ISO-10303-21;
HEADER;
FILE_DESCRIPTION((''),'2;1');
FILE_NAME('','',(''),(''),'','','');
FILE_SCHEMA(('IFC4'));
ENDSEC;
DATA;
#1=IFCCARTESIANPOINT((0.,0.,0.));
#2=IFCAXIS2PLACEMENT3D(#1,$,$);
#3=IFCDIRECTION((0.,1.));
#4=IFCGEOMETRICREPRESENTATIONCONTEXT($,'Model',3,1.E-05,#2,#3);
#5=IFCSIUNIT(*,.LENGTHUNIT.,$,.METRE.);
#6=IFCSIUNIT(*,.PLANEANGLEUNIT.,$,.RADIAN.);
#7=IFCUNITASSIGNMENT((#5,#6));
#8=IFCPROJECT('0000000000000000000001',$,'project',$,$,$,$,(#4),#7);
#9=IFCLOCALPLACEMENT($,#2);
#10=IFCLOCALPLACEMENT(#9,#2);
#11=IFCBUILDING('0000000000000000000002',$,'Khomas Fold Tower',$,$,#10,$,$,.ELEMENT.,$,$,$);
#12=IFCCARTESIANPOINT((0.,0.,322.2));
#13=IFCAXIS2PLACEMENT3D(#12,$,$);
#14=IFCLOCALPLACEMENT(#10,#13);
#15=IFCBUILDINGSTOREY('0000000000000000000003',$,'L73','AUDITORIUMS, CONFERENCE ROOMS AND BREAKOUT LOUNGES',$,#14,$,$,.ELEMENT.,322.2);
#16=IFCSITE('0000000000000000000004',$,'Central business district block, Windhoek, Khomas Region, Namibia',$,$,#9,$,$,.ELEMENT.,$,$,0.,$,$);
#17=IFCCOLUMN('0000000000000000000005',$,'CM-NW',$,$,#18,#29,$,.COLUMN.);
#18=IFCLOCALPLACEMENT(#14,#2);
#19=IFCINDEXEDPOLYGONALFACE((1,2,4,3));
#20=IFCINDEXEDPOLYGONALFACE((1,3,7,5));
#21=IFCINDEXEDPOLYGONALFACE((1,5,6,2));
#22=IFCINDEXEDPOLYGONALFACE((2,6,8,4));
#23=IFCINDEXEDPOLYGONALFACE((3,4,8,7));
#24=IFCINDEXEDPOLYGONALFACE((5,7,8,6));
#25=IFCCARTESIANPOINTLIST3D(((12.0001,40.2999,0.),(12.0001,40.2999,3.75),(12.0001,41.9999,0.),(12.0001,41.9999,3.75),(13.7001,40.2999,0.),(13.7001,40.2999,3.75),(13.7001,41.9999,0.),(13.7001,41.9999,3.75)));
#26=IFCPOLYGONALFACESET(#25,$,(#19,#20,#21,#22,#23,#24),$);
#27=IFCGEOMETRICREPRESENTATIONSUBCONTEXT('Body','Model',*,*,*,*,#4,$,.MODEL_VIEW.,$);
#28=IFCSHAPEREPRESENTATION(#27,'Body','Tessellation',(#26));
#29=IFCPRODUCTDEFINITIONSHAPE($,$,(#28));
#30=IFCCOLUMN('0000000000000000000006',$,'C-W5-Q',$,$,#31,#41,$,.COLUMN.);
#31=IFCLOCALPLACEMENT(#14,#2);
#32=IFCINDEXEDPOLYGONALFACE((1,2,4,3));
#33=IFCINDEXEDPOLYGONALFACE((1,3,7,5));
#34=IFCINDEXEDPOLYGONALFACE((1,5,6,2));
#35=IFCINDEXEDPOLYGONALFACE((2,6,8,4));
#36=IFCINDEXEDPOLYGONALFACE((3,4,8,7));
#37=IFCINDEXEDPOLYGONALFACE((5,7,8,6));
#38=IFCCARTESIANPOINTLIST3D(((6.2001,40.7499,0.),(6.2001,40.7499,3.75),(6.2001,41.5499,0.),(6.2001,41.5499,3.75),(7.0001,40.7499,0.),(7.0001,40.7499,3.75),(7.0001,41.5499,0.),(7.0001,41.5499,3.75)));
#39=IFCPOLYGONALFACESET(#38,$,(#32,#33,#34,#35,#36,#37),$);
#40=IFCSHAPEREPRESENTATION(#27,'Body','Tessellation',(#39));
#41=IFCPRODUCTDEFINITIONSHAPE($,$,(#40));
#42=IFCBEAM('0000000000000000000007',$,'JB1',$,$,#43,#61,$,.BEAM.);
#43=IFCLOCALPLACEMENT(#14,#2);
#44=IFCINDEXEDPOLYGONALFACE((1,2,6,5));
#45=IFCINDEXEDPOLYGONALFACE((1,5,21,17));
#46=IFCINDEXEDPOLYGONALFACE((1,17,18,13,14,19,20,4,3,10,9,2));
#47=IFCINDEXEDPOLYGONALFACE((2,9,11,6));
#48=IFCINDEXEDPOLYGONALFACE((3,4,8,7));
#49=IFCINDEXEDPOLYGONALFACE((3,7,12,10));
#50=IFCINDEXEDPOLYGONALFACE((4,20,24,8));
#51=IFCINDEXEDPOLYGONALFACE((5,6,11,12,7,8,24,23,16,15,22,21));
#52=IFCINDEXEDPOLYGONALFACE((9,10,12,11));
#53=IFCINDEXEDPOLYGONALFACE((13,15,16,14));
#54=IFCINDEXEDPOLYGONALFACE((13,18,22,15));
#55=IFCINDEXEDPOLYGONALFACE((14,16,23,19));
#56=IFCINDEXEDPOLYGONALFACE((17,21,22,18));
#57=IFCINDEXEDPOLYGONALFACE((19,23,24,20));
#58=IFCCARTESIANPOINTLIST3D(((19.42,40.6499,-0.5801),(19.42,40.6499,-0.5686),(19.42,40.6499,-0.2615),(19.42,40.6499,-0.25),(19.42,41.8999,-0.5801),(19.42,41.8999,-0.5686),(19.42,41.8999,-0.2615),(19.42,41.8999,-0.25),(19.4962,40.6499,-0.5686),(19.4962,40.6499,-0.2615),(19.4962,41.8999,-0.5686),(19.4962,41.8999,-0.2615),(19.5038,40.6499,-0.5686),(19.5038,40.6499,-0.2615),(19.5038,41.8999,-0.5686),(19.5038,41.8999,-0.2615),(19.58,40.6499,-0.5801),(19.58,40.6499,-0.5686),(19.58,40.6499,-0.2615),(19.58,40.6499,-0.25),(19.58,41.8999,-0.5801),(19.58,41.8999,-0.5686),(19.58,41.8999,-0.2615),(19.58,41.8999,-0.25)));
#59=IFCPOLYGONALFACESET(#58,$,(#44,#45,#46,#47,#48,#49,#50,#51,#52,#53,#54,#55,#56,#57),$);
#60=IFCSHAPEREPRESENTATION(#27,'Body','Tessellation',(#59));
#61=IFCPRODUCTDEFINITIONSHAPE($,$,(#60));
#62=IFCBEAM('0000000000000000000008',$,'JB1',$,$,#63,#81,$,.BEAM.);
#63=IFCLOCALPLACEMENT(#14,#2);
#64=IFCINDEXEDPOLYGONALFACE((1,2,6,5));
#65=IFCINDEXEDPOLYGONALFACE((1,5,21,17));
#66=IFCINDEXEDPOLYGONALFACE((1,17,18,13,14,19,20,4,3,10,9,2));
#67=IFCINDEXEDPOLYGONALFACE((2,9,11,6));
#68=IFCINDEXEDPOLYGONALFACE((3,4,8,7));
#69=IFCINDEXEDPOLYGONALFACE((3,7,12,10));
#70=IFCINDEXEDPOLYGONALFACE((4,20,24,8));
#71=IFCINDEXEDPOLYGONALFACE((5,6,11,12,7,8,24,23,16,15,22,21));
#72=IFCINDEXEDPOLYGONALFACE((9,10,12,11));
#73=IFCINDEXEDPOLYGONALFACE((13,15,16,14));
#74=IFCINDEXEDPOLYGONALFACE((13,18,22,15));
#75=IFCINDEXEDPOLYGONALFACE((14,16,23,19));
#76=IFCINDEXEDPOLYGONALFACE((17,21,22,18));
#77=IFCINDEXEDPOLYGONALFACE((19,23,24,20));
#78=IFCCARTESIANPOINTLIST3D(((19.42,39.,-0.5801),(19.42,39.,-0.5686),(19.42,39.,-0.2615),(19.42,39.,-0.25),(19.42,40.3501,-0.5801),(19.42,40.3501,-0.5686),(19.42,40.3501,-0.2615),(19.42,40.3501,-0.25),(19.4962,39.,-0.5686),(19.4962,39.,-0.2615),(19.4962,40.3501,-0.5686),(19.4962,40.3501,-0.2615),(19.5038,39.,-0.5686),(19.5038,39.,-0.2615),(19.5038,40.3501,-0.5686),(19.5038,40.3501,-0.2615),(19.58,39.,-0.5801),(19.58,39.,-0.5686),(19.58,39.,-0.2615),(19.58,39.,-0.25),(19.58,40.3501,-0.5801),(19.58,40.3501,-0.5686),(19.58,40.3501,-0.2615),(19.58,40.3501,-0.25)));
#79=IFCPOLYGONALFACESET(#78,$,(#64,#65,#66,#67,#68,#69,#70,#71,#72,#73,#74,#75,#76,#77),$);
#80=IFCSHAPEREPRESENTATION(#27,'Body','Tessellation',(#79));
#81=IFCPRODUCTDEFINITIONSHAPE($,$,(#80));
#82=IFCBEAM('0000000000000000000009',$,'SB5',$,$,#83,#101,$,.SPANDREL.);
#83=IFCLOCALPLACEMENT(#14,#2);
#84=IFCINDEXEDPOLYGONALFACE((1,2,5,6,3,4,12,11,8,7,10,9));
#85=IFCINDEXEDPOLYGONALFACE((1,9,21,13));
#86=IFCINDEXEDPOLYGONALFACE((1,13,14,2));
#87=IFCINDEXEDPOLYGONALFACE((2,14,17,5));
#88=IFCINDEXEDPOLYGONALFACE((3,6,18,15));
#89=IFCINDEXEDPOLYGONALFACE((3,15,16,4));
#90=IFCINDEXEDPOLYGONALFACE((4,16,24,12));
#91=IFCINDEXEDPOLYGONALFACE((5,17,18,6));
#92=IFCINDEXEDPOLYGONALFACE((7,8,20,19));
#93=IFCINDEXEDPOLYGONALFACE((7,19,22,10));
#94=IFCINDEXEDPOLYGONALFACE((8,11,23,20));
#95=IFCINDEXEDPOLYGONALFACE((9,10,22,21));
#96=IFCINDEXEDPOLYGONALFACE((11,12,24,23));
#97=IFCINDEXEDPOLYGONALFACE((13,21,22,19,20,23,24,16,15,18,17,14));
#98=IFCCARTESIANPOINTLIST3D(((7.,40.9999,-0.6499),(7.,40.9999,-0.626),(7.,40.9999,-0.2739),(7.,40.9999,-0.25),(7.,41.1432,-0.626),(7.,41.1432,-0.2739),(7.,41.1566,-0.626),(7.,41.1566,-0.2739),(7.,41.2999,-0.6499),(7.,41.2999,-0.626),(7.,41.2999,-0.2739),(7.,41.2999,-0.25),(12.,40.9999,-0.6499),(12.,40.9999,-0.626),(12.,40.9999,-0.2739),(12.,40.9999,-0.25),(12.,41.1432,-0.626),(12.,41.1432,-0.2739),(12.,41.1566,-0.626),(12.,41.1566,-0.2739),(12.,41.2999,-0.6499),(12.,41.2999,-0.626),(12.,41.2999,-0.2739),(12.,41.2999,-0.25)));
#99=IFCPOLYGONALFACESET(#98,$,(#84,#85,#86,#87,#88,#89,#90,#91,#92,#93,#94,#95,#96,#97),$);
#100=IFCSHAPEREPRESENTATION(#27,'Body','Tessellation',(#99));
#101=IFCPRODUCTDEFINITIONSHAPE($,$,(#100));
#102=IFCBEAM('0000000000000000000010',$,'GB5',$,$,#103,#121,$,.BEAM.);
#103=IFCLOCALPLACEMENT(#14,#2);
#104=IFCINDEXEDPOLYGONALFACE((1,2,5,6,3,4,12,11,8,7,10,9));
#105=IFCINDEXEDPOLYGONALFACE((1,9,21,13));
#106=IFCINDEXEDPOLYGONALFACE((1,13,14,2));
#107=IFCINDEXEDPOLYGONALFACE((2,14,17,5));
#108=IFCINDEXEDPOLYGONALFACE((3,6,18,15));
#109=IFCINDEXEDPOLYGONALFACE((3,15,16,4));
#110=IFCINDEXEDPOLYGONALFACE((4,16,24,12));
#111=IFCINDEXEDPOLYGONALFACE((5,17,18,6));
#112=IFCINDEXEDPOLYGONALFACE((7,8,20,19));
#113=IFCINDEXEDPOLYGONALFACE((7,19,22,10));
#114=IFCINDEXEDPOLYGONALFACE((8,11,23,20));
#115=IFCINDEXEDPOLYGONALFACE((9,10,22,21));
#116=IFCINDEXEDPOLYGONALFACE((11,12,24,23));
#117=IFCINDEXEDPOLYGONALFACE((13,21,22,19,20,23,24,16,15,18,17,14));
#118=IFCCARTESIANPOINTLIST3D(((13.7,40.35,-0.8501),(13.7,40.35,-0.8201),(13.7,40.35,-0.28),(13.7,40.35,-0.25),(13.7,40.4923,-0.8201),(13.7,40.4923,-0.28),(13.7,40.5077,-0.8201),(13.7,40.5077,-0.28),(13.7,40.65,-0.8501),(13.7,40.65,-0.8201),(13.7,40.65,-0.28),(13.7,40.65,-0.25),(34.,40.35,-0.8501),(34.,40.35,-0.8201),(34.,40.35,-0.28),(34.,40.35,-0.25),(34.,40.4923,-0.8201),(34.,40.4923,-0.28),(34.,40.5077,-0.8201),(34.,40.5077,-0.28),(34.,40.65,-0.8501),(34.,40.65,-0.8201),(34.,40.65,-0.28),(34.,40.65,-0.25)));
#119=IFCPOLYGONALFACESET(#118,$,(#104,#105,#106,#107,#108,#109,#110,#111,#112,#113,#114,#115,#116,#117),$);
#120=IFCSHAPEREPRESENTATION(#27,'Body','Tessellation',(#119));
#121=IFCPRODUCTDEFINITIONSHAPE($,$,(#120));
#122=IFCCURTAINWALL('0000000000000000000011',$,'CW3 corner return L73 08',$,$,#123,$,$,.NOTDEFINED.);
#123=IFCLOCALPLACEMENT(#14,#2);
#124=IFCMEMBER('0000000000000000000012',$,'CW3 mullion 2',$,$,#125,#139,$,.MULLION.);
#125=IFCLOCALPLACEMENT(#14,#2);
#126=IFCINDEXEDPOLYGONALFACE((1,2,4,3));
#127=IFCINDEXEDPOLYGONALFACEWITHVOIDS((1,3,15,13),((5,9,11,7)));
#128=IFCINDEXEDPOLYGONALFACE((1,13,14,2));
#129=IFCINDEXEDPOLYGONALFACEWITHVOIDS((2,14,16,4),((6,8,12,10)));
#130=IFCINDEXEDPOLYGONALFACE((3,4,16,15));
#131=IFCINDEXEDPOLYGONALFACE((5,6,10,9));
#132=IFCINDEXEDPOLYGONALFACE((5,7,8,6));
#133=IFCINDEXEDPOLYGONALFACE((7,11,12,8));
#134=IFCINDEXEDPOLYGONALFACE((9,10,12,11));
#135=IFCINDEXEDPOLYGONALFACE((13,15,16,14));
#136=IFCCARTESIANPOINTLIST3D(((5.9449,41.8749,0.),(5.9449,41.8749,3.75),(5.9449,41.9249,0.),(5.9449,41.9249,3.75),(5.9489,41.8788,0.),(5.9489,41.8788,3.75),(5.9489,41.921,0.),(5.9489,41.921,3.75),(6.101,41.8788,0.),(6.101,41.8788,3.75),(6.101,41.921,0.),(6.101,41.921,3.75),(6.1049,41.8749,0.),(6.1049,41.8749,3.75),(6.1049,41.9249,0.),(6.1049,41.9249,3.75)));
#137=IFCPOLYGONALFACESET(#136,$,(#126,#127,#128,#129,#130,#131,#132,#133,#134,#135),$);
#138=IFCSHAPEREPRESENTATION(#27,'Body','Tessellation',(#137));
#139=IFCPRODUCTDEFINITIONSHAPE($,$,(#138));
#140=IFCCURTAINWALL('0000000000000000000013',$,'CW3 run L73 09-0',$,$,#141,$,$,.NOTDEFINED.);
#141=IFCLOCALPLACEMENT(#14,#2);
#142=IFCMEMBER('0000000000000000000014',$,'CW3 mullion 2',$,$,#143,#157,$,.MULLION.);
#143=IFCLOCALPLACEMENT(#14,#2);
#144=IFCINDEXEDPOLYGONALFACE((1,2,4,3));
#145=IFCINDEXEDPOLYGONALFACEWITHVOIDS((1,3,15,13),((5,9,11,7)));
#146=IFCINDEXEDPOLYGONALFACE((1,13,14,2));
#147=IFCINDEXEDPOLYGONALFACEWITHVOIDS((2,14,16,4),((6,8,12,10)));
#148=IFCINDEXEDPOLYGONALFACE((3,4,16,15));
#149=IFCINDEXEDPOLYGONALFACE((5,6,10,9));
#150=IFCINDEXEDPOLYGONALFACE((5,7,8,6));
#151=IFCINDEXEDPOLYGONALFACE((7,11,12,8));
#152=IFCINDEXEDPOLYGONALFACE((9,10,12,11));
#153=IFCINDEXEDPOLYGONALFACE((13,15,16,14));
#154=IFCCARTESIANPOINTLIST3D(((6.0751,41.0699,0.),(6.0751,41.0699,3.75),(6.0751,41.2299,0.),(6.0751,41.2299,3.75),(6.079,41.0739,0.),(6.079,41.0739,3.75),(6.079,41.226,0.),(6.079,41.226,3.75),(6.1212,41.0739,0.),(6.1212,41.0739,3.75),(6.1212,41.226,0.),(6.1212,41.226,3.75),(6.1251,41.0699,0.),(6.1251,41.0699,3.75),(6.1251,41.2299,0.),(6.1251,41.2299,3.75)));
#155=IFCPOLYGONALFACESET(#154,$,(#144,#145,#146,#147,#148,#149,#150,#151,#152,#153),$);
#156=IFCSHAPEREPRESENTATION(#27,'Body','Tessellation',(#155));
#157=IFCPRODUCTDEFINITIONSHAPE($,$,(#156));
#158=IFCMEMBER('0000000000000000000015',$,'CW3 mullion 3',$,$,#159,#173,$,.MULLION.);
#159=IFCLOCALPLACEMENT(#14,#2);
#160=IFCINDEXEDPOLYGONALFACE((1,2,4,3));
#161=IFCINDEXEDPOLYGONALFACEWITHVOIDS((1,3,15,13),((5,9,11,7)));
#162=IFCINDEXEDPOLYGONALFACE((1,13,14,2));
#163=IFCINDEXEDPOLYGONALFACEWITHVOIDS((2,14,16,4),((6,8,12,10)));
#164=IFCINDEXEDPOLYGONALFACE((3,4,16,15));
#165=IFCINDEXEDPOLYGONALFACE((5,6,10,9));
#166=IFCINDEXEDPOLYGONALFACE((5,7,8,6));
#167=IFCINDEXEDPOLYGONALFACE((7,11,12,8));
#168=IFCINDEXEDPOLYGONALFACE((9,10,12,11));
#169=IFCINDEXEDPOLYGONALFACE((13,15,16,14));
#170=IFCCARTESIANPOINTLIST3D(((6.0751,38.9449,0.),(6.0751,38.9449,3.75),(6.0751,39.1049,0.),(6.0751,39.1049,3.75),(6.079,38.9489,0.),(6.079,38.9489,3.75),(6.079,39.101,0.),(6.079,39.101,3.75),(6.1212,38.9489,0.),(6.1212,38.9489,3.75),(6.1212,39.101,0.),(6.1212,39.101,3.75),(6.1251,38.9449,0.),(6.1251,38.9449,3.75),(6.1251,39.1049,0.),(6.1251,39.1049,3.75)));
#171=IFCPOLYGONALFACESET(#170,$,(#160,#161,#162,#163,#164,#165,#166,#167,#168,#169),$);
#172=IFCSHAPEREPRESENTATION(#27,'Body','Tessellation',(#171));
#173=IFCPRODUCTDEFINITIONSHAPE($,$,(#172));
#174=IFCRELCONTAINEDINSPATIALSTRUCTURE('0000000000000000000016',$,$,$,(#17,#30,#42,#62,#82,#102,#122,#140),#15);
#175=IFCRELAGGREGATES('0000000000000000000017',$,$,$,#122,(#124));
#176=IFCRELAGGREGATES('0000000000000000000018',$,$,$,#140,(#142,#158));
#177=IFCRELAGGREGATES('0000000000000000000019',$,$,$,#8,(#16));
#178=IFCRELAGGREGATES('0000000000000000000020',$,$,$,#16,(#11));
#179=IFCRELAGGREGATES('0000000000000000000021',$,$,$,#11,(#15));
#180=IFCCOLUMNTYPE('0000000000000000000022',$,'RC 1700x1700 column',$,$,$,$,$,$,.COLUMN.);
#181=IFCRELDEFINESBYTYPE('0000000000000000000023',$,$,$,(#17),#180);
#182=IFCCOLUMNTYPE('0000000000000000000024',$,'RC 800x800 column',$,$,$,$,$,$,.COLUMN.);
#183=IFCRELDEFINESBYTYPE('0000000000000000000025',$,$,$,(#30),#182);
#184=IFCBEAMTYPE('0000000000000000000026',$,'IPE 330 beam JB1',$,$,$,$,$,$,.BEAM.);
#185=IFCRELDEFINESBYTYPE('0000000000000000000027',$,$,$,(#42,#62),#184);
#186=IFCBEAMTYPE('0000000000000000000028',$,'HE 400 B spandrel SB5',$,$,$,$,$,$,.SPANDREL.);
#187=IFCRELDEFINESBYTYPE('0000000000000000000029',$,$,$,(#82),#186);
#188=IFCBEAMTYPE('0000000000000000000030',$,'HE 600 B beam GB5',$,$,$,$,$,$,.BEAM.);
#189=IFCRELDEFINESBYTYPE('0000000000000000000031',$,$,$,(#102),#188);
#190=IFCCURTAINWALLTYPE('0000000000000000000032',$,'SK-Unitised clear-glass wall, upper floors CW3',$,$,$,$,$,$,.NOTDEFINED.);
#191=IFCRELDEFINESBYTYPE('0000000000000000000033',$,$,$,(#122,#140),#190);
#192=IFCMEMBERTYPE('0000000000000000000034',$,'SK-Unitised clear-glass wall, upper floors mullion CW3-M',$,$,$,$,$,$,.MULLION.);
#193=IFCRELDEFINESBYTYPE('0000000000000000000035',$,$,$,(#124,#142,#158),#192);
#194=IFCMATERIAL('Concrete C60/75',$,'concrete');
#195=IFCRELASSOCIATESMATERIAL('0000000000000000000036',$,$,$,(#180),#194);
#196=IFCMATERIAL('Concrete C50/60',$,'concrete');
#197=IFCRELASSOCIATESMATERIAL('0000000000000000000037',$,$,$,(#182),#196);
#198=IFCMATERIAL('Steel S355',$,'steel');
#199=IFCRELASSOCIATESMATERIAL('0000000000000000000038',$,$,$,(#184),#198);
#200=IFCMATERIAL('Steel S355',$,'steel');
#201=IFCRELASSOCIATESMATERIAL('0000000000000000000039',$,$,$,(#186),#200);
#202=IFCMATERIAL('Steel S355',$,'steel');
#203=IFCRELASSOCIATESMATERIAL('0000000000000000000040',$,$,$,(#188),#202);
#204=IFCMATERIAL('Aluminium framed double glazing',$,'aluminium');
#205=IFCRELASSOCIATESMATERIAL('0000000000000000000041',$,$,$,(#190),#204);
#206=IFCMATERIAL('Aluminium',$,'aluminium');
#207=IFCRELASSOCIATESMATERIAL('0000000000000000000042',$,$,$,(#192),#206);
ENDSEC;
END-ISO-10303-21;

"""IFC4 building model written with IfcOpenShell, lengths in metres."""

from ifc_helpers import new_model, si_unit, direction, frame, origin, origin_2d, place, context, subcontext, project, spatial, rectangle, hollow_rectangle, i_section, extrude, source, transform, mapped, material, material_profile, profile_set, type_object, element, aggregate, save


model = new_model("IFC4")

# Units and contexts
model_context = context("Model", 3, precision=1e-05, world=origin(), true_north=direction((0.0, 1.0)))
body_context = subcontext(model_context, "Body", "Model", "MODEL_VIEW")
ifc_project = project(units=[si_unit("LENGTHUNIT", "METRE"), si_unit("PLANEANGLEUNIT", "RADIAN")], contexts=[model_context])

# Site, building, storey
site_placement = place(None, origin())
site = spatial("IfcSite", under=ifc_project, at=site_placement, Name="Central business district block, Windhoek, Khomas Region, Namibia", CompositionType="ELEMENT", RefElevation=0.0)
building_placement = place(site_placement, origin())
building = spatial("IfcBuilding", under=site, at=building_placement, Name="Khomas Fold Tower", CompositionType="ELEMENT")
storey_placement = place(building_placement, frame((0.0, 0.0, 322.2)))
storey = spatial("IfcBuildingStorey", under=building, at=storey_placement, Name="L73", Description="AUDITORIUMS, CONFERENCE ROOMS AND BREAKOUT LOUNGES", CompositionType="ELEMENT", Elevation=322.2)

# Columns
ifc_material_1 = material(Name="Concrete C60/75", Category="concrete")
ifc_material_profile_1 = material_profile(ifc_material_1, rectangle(XDim=1.7, YDim=1.7, at=origin_2d()), Name="RC 1700x1700")
ifc_profile_set_1 = profile_set([ifc_material_profile_1], Name="Concrete C60/75")
column_type_1 = type_object("IfcColumnType", Name="RC 1700x1700 column", PredefinedType="COLUMN", material=ifc_profile_set_1)
shared_shape_1 = source(origin(), body_context, "Body", "SweptSolid", [
    extrude(rectangle(XDim=1.7, YDim=1.7, at=origin_2d()), origin(), (0.0, 0.0, 1.0), 3.75),
])
column_1_placement = place(storey_placement, frame((12.8501, 41.1499, 0.0), z_axis=(0.0, 0.0, 1.0), x_axis=(1.0, 0.0, 0.0)))
element("IfcColumn", 1, at=column_1_placement, inside=storey, type_object=column_type_1, Name="CM-NW", PredefinedType="COLUMN", context=body_context, shape_type="MappedRepresentation", body=[
    mapped(shared_shape_1, transform((0.0, 0.0, 0.0))),
])
ifc_material_2 = material(Name="Concrete C50/60", Category="concrete")
ifc_material_profile_2 = material_profile(ifc_material_2, rectangle(XDim=0.8, YDim=0.8, at=origin_2d()), Name="RC 800x800")
ifc_profile_set_2 = profile_set([ifc_material_profile_2], Name="Concrete C50/60")
column_type_2 = type_object("IfcColumnType", Name="RC 800x800 column", PredefinedType="COLUMN", material=ifc_profile_set_2)
shared_shape_2 = source(origin(), body_context, "Body", "SweptSolid", [
    extrude(rectangle(XDim=0.8, YDim=0.8, at=origin_2d()), origin(), (0.0, 0.0, 1.0), 3.75),
])
column_2_placement = place(storey_placement, frame((6.6001, 41.1499, 0.0), z_axis=(0.0, 0.0, 1.0), x_axis=(1.0, 0.0, 0.0)))
element("IfcColumn", 2, at=column_2_placement, inside=storey, type_object=column_type_2, Name="C-W5-Q", PredefinedType="COLUMN", context=body_context, shape_type="MappedRepresentation", body=[
    mapped(shared_shape_2, transform((0.0, 0.0, 0.0))),
])

# Beams
ifc_material_3 = material(Name="Steel S355", Category="steel")
ifc_material_profile_3 = material_profile(ifc_material_3, i_section(OverallWidth=0.1599, OverallDepth=0.3301, WebThickness=0.0076, FlangeThickness=0.0115, at=origin_2d()), Name="IPE 330")
ifc_profile_set_3 = profile_set([ifc_material_profile_3], Name="Steel S355")
beam_type_1 = type_object("IfcBeamType", Name="IPE 330 beam JB1", PredefinedType="BEAM", material=ifc_profile_set_3)
shared_shape_3 = source(origin(), body_context, "Body", "SweptSolid", [
    extrude(i_section(OverallWidth=0.1599, OverallDepth=0.3301, WebThickness=0.0076, FlangeThickness=0.0115, at=origin_2d()), origin(), (0.0, 0.0, 1.0), 1.25),
])
beam_1_placement = place(storey_placement, frame((19.5, 40.6499, -0.415), z_axis=(0.0, 1.0, 0.0), x_axis=(-1.0, 0.0, 0.0)))
element("IfcBeam", 3, at=beam_1_placement, inside=storey, type_object=beam_type_1, Name="JB1", PredefinedType="BEAM", context=body_context, shape_type="MappedRepresentation", body=[
    mapped(shared_shape_3, transform((0.0, 0.0, 0.0))),
])
shared_shape_4 = source(origin(), body_context, "Body", "SweptSolid", [
    extrude(i_section(OverallWidth=0.1599, OverallDepth=0.3301, WebThickness=0.0076, FlangeThickness=0.0115, at=origin_2d()), origin(), (0.0, 0.0, 1.0), 1.3501),
])
beam_2_placement = place(storey_placement, frame((19.5, 39.0, -0.415), z_axis=(0.0, 1.0, 0.0), x_axis=(-1.0, 0.0, 0.0)))
element("IfcBeam", 4, at=beam_2_placement, inside=storey, type_object=beam_type_1, Name="JB1", PredefinedType="BEAM", context=body_context, shape_type="MappedRepresentation", body=[
    mapped(shared_shape_4, transform((0.0, 0.0, 0.0))),
])
ifc_material_4 = material(Name="Steel S355", Category="steel")
ifc_material_profile_4 = material_profile(ifc_material_4, i_section(OverallWidth=0.3, OverallDepth=0.3999, WebThickness=0.0134, FlangeThickness=0.0239, at=origin_2d()), Name="HE 400 B")
ifc_profile_set_4 = profile_set([ifc_material_profile_4], Name="Steel S355")
beam_type_2 = type_object("IfcBeamType", Name="HE 400 B spandrel SB5", PredefinedType="SPANDREL", material=ifc_profile_set_4)
shared_shape_5 = source(origin(), body_context, "Body", "SweptSolid", [
    extrude(i_section(OverallWidth=0.3, OverallDepth=0.3999, WebThickness=0.0134, FlangeThickness=0.0239, at=origin_2d()), origin(), (0.0, 0.0, 1.0), 5.0),
])
beam_3_placement = place(storey_placement, frame((7.0, 41.1499, -0.45), z_axis=(1.0, 0.0, 0.0), x_axis=(0.0, 1.0, 0.0)))
element("IfcBeam", 5, at=beam_3_placement, inside=storey, type_object=beam_type_2, Name="SB5", PredefinedType="SPANDREL", context=body_context, shape_type="MappedRepresentation", body=[
    mapped(shared_shape_5, transform((0.0, 0.0, 0.0))),
])
ifc_material_5 = material(Name="Steel S355", Category="steel")
ifc_material_profile_5 = material_profile(ifc_material_5, i_section(OverallWidth=0.3, OverallDepth=0.6001, WebThickness=0.0154, FlangeThickness=0.03, at=origin_2d()), Name="HE 600 B")
ifc_profile_set_5 = profile_set([ifc_material_profile_5], Name="Steel S355")
beam_type_3 = type_object("IfcBeamType", Name="HE 600 B beam GB5", PredefinedType="BEAM", material=ifc_profile_set_5)
shared_shape_6 = source(origin(), body_context, "Body", "SweptSolid", [
    extrude(i_section(OverallWidth=0.3, OverallDepth=0.6001, WebThickness=0.0154, FlangeThickness=0.03, at=origin_2d()), origin(), (0.0, 0.0, 1.0), 20.3),
])
beam_4_placement = place(storey_placement, frame((13.7, 40.5, -0.55), z_axis=(1.0, 0.0, 0.0), x_axis=(0.0, 1.0, 0.0)))
element("IfcBeam", 6, at=beam_4_placement, inside=storey, type_object=beam_type_3, Name="GB5", PredefinedType="BEAM", context=body_context, shape_type="MappedRepresentation", body=[
    mapped(shared_shape_6, transform((0.0, 0.0, 0.0))),
])

# Curtain wall, member
ifc_material_6 = material(Name="Aluminium framed double glazing", Category="aluminium")
curtain_wall_type = type_object("IfcCurtainWallType", Name="SK-Unitised clear-glass wall, upper floors CW3", PredefinedType="NOTDEFINED", material=ifc_material_6)
curtain_wall_1_placement = place(storey_placement, origin())
curtain_wall_1 = element("IfcCurtainWall", 7, at=curtain_wall_1_placement, inside=storey, type_object=curtain_wall_type, Name="CW3 corner return L73 08", PredefinedType="NOTDEFINED")
ifc_material_7 = material(Name="Aluminium", Category="aluminium")
ifc_material_profile_6 = material_profile(ifc_material_7, hollow_rectangle(XDim=0.05, YDim=0.1599, WallThickness=0.0039, at=origin_2d()), Name="SK-Unitised clear-glass wall, upper floors mullion CW3-M")
ifc_profile_set_6 = profile_set([ifc_material_profile_6], Name="Aluminium")
member_type_1 = type_object("IfcMemberType", Name="SK-Unitised clear-glass wall, upper floors mullion CW3-M", PredefinedType="MULLION", material=ifc_profile_set_6)
shared_shape_7 = source(origin(), body_context, "Body", "SweptSolid", [
    extrude(hollow_rectangle(XDim=0.05, YDim=0.1599, WallThickness=0.0039, at=origin_2d()), origin(), (0.0, 0.0, 1.0), 3.75),
])
member_1_placement = place(storey_placement, frame((6.0249, 41.8999, 0.0), z_axis=(0.0, 0.0, 1.0), x_axis=(0.0, -1.0, 0.0)))
member_1 = element("IfcMember", 8, at=member_1_placement, type_object=member_type_1, Name="CW3 mullion 2", PredefinedType="MULLION", context=body_context, shape_type="MappedRepresentation", body=[
    mapped(shared_shape_7, transform((0.0, 0.0, 0.0))),
])

# Curtain wall, members
curtain_wall_2_placement = place(storey_placement, origin())
curtain_wall_2 = element("IfcCurtainWall", 9, at=curtain_wall_2_placement, inside=storey, type_object=curtain_wall_type, Name="CW3 run L73 09-0", PredefinedType="NOTDEFINED")
member_2_placement = place(storey_placement, frame((6.1001, 41.1499, 0.0), z_axis=(0.0, 0.0, 1.0), x_axis=(1.0, 0.0, 0.0)))
member_2 = element("IfcMember", 10, at=member_2_placement, type_object=member_type_1, Name="CW3 mullion 2", PredefinedType="MULLION", context=body_context, shape_type="MappedRepresentation", body=[
    mapped(shared_shape_7, transform((0.0, 0.0, 0.0))),
])
member_3_placement = place(storey_placement, frame((6.1001, 39.0249, 0.0), z_axis=(0.0, 0.0, 1.0), x_axis=(1.0, 0.0, 0.0)))
member_3 = element("IfcMember", 11, at=member_3_placement, type_object=member_type_1, Name="CW3 mullion 3", PredefinedType="MULLION", context=body_context, shape_type="MappedRepresentation", body=[
    mapped(shared_shape_7, transform((0.0, 0.0, 0.0))),
])

aggregate(curtain_wall_1, [member_1])
aggregate(curtain_wall_2, [member_2, member_3])

save(model, "model.ifc")
